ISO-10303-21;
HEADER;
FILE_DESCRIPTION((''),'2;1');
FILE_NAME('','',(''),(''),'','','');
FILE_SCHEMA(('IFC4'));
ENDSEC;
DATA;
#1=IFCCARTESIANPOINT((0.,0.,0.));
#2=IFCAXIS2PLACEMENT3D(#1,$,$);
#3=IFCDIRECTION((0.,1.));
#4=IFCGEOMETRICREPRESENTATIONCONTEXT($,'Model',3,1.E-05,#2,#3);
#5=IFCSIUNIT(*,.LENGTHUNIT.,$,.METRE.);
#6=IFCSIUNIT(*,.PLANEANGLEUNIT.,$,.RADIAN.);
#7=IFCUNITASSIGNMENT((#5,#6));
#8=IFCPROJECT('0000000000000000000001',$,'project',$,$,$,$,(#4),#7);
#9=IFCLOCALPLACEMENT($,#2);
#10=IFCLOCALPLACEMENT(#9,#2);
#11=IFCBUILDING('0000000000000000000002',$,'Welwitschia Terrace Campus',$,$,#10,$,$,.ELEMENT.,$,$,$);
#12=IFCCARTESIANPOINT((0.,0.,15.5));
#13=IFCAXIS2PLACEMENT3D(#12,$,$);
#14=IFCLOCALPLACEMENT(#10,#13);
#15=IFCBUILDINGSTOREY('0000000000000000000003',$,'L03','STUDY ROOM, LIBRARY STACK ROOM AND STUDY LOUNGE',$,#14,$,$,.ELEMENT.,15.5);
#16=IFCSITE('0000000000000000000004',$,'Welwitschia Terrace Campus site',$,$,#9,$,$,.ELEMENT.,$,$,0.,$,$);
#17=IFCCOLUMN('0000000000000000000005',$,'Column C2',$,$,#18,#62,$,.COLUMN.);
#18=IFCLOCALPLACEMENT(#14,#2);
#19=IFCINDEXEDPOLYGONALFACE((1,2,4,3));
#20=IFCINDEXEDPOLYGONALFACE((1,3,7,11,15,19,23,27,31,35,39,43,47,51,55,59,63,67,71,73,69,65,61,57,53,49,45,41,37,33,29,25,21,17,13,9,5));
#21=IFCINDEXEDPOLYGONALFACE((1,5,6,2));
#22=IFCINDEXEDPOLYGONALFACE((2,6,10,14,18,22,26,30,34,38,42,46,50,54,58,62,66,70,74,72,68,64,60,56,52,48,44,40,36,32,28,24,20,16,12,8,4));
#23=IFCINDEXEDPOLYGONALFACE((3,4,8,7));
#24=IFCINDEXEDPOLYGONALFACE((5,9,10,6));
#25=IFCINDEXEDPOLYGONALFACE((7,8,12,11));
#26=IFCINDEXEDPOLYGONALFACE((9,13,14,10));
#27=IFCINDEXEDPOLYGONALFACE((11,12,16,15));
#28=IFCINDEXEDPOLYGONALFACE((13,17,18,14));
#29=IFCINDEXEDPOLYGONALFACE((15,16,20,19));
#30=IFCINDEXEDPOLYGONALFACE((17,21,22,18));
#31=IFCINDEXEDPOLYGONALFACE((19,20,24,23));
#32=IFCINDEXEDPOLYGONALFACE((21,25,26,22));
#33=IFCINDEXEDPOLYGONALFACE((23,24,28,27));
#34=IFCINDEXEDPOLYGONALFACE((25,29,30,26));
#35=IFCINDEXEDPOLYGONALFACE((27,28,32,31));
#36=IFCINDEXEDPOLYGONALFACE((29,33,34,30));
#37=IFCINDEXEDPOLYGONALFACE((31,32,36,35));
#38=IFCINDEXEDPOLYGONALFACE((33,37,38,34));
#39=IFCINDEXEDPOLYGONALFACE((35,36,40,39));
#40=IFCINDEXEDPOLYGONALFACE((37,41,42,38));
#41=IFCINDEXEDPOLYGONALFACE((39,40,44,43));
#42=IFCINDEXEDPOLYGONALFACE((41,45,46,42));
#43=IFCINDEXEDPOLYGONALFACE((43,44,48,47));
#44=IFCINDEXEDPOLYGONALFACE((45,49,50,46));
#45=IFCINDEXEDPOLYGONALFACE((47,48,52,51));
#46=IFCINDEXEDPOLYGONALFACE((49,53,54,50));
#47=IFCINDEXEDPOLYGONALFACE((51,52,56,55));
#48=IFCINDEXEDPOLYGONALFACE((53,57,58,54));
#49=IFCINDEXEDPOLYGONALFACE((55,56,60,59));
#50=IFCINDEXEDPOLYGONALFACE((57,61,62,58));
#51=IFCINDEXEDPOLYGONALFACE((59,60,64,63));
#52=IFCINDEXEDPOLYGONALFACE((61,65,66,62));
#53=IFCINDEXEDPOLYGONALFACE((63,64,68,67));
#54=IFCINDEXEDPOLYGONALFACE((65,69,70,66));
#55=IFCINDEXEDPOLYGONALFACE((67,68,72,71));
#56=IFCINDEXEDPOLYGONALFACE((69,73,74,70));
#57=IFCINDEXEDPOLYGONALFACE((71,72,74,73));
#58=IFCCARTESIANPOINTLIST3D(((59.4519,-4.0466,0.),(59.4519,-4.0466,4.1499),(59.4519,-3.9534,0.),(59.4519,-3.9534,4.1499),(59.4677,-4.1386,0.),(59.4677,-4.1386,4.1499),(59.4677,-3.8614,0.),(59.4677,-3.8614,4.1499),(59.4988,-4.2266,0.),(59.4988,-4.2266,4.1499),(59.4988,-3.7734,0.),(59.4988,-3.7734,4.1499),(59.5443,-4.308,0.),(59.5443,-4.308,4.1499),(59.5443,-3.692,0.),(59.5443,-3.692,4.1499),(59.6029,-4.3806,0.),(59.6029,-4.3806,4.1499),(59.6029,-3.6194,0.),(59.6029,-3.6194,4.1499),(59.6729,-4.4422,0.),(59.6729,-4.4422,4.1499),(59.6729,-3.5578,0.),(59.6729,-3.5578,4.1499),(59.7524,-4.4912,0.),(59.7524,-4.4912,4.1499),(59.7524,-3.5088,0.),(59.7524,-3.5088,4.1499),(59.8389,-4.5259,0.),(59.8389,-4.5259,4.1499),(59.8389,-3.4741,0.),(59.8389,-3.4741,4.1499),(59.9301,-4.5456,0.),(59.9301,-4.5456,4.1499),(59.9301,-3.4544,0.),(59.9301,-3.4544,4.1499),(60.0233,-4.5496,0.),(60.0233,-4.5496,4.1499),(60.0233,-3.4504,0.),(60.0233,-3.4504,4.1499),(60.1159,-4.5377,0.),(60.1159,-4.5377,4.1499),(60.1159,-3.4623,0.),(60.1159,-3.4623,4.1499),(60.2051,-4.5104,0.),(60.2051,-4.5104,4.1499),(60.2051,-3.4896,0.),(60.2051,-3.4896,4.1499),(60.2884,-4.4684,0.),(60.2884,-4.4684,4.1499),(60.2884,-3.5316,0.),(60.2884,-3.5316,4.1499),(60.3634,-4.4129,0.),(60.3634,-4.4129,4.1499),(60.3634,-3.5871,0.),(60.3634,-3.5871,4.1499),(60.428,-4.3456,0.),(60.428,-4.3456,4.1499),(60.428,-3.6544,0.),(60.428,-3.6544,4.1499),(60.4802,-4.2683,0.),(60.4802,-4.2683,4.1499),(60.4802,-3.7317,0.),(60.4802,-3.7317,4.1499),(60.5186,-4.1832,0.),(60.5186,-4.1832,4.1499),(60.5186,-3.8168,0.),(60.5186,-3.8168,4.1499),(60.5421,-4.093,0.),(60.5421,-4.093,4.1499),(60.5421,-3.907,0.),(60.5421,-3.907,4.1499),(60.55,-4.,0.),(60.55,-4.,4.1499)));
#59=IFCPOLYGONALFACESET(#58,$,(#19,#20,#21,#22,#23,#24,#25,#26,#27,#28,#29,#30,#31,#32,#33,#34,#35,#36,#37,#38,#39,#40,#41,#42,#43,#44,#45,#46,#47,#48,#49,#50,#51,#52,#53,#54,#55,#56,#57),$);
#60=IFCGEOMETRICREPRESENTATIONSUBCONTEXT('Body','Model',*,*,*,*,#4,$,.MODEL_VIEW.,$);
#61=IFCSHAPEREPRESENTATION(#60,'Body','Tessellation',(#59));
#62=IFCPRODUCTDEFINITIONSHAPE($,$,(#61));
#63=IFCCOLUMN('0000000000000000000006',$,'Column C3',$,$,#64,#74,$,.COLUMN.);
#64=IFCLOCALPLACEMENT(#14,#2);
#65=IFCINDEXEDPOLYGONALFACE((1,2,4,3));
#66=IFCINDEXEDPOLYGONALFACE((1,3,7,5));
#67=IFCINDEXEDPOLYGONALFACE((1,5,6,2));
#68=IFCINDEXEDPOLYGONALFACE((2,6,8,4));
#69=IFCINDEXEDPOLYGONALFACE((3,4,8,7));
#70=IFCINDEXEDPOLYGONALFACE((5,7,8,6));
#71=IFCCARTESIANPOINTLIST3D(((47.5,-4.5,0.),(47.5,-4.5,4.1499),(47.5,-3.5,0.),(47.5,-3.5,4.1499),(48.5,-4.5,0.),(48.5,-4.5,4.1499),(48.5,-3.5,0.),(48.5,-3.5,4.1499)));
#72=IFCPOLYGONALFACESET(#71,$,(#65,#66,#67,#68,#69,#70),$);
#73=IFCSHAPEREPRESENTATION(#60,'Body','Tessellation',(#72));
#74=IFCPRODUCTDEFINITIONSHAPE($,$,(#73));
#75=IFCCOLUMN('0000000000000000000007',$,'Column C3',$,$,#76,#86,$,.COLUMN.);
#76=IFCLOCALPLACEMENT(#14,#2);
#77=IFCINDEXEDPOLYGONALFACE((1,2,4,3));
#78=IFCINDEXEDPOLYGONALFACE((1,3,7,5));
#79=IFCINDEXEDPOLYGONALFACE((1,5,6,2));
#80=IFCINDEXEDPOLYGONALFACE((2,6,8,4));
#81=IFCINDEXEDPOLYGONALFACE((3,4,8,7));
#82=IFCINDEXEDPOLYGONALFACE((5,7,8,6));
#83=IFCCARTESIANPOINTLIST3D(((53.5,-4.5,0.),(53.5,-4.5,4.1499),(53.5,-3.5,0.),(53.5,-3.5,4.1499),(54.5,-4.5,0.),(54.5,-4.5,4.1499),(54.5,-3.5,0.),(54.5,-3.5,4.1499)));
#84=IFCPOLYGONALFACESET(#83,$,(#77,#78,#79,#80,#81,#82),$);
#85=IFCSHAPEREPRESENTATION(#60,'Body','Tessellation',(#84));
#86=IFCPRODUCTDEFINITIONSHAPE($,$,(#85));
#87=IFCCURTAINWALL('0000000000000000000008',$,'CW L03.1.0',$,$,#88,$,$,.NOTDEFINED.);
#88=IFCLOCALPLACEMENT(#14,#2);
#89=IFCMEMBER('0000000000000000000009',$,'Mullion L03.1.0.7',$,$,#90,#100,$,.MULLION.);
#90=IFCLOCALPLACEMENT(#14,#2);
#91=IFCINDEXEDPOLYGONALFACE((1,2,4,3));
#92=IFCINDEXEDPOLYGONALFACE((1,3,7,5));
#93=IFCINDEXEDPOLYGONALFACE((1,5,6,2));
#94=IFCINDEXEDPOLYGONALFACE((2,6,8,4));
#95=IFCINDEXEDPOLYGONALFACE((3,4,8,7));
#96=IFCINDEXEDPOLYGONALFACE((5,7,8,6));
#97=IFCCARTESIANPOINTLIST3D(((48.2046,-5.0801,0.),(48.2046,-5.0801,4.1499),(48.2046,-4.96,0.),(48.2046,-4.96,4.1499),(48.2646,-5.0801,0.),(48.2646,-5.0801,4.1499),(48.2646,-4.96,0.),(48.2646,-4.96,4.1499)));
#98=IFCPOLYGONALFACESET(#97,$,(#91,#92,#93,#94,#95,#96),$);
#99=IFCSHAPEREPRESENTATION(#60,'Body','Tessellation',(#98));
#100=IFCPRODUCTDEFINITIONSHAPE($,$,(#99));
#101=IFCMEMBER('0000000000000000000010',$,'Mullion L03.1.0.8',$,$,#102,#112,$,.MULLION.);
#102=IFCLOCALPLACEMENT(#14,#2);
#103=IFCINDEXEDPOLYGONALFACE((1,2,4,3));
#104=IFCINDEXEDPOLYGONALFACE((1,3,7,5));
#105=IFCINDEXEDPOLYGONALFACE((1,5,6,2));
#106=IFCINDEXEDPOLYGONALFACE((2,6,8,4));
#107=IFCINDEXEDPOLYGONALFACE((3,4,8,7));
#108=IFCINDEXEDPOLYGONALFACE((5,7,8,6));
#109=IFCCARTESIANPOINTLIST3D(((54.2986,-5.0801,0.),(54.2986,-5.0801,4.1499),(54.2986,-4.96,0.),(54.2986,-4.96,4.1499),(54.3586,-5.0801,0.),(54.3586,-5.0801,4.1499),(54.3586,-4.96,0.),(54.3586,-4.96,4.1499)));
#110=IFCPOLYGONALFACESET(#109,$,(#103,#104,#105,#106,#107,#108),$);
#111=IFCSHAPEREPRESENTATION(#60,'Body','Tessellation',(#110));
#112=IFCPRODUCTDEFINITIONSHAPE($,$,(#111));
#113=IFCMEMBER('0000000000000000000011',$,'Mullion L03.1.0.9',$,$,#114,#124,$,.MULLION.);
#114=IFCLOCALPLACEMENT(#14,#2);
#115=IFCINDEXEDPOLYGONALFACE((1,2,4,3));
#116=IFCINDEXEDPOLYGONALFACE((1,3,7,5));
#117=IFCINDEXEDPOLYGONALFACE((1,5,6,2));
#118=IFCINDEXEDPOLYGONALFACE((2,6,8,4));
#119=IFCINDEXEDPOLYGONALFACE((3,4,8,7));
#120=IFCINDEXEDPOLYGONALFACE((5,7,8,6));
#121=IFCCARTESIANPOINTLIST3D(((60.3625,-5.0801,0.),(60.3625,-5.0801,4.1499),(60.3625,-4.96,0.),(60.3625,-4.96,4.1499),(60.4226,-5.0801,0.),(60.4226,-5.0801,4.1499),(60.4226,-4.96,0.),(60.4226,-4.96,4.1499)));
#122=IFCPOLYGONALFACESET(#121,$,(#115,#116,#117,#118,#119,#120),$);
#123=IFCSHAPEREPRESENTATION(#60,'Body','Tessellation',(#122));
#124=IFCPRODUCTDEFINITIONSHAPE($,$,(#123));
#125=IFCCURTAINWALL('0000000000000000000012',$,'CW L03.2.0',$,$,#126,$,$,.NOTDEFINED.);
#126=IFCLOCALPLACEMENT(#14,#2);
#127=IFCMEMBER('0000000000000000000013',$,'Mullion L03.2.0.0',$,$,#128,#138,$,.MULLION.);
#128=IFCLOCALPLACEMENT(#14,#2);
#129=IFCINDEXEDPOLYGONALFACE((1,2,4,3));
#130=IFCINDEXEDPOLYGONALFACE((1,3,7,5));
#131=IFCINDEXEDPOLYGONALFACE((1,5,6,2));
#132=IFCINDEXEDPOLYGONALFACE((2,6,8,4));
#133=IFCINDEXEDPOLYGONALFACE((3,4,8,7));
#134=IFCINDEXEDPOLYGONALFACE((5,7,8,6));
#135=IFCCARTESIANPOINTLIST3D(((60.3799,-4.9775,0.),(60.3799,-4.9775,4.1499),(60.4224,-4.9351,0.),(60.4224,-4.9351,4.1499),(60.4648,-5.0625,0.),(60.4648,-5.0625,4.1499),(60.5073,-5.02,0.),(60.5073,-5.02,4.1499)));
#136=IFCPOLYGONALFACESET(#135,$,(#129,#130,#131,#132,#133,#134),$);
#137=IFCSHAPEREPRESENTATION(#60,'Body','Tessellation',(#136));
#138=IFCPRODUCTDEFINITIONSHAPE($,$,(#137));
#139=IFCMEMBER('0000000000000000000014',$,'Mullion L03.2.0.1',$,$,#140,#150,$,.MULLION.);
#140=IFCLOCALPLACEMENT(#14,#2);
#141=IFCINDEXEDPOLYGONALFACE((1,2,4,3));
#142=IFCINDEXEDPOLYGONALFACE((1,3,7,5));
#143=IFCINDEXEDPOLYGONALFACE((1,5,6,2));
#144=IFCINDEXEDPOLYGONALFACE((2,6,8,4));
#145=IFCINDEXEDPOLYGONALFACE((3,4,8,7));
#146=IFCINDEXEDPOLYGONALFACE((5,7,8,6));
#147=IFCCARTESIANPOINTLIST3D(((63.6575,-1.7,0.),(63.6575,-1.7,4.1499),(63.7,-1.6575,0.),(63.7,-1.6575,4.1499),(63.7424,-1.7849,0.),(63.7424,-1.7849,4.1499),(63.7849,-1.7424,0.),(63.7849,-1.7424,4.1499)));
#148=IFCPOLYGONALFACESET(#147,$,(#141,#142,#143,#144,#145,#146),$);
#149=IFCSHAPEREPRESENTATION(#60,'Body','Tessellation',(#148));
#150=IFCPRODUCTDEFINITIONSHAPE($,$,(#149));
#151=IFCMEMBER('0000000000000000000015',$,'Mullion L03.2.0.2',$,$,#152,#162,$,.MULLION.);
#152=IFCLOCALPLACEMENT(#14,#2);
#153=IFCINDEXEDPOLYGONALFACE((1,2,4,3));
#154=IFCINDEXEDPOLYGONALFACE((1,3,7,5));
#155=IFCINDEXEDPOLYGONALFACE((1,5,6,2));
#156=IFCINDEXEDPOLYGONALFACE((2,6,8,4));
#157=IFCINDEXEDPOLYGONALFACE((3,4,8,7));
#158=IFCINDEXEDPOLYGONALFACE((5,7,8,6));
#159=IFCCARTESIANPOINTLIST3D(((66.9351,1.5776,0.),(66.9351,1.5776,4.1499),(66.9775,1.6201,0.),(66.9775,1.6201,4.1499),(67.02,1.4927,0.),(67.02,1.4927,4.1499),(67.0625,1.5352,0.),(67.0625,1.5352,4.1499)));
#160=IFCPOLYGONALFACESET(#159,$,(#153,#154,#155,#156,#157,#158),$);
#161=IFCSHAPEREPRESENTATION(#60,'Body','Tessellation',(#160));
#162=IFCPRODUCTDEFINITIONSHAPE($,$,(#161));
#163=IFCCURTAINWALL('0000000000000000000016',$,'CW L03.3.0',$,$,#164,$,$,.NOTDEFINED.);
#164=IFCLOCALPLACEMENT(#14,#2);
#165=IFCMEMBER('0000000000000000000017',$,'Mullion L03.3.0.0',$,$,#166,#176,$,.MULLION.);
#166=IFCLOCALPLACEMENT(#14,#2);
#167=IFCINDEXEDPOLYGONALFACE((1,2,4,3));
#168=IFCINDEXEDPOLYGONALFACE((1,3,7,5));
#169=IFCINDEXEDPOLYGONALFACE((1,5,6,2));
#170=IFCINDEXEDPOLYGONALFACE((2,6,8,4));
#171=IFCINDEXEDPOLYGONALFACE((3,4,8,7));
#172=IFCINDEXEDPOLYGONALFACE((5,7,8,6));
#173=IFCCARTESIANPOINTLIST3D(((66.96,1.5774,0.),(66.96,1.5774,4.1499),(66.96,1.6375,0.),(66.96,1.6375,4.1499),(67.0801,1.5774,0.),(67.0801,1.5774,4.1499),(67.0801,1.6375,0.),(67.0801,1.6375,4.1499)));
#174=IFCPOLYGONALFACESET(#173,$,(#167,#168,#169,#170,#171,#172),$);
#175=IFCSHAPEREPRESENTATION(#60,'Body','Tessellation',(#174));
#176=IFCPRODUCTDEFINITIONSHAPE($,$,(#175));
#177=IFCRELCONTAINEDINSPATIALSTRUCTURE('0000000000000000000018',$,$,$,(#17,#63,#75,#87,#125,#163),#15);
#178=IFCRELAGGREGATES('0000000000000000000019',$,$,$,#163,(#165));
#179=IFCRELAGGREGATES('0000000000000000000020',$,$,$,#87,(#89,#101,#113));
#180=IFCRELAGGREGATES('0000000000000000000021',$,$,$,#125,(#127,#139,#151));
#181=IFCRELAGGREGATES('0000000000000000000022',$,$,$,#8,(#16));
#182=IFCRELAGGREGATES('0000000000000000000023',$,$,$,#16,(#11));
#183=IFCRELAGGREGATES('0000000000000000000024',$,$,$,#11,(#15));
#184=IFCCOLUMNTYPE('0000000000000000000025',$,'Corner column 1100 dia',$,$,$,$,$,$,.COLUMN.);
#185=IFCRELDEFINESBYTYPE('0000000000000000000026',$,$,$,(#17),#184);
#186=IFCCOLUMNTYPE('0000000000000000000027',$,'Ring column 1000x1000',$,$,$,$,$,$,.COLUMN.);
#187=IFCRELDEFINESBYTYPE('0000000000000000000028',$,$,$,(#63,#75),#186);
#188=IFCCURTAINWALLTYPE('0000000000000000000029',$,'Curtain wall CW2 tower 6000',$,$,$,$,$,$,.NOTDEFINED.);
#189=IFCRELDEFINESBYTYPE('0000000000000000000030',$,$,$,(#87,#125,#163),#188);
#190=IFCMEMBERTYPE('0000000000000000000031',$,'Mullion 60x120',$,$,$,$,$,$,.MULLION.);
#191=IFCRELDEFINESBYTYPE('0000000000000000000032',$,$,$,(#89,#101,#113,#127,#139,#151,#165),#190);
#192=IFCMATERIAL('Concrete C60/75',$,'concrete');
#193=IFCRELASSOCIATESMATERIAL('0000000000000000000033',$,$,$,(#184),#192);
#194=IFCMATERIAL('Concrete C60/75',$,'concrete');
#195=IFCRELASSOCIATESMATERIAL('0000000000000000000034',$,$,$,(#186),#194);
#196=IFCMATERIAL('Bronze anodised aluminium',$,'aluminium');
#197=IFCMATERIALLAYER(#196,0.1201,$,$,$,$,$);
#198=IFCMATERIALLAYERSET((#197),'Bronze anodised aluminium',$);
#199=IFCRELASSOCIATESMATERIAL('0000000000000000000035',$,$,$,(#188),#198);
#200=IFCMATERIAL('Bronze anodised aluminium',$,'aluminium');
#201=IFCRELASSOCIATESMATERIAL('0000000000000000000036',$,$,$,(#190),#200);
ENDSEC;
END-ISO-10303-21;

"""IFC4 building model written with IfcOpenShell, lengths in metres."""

from ifc_helpers import new_model, si_unit, direction, frame, origin, origin_2d, place, context, subcontext, project, spatial, rectangle, circle, extrude, material, layer, layer_set, material_profile, profile_set, type_object, element, aggregate, save


model = new_model("IFC4")

# Units and contexts
model_context = context("Model", 3, precision=1e-05, world=origin(), true_north=direction((0.0, 1.0)))
body_context = subcontext(model_context, "Body", "Model", "MODEL_VIEW")
ifc_project = project(units=[si_unit("LENGTHUNIT", "METRE"), si_unit("PLANEANGLEUNIT", "RADIAN")], contexts=[model_context])

# Site, building, storey
site_placement = place(None, origin())
site = spatial("IfcSite", under=ifc_project, at=site_placement, Name="Welwitschia Terrace Campus site", CompositionType="ELEMENT", RefElevation=0.0)
building_placement = place(site_placement, origin())
building = spatial("IfcBuilding", under=site, at=building_placement, Name="Welwitschia Terrace Campus", CompositionType="ELEMENT")
storey_placement = place(building_placement, frame((0.0, 0.0, 15.5)))
storey = spatial("IfcBuildingStorey", under=building, at=storey_placement, Name="L03", Description="STUDY ROOM, LIBRARY STACK ROOM AND STUDY LOUNGE", CompositionType="ELEMENT", Elevation=15.5)

# Columns
ifc_material_1 = material(Name="Concrete C60/75", Category="concrete")
ifc_material_profile_1 = material_profile(ifc_material_1, circle(Radius=0.55, at=origin_2d()))
ifc_profile_set_1 = profile_set([ifc_material_profile_1], Name="Concrete C60/75")
column_type_1 = type_object("IfcColumnType", Name="Corner column 1100 dia", PredefinedType="COLUMN", material=ifc_profile_set_1)
column_placement = place(storey_placement, frame((60.0, -4.0, 0.0), z_axis=(0.0, 0.0, 1.0), x_axis=(1.0, 0.0, 0.0)))
element("IfcColumn", 1, at=column_placement, inside=storey, type_object=column_type_1, Name="Column C2", PredefinedType="COLUMN", context=body_context, shape_type="SweptSolid", body=[
    extrude(circle(Radius=0.55, at=origin_2d()), origin(), (0.0, 0.0, 1.0), 4.1499),
])
ifc_material_2 = material(Name="Concrete C60/75", Category="concrete")
ifc_material_profile_2 = material_profile(ifc_material_2, rectangle(XDim=1.0, YDim=1.0, at=origin_2d()))
ifc_profile_set_2 = profile_set([ifc_material_profile_2], Name="Concrete C60/75")
column_type_2 = type_object("IfcColumnType", Name="Ring column 1000x1000", PredefinedType="COLUMN", material=ifc_profile_set_2)
for number, where, z_axis, x_axis, name in (
    (2, (48.0, -4.0, 0.0), (0.0, 0.0, 1.0), (1.0, 0.0, 0.0), "Column C3"),
    (3, (54.0, -4.0, 0.0), (0.0, 0.0, 1.0), (1.0, 0.0, 0.0), "Column C3"),
):
    element("IfcColumn", number, at=place(storey_placement, frame(where, z_axis=z_axis, x_axis=x_axis)), inside=storey, type_object=column_type_2, Name=name, PredefinedType="COLUMN", context=body_context, shape_type="SweptSolid", body=[
        extrude(rectangle(XDim=1.0, YDim=1.0, at=origin_2d()), origin(), (0.0, 0.0, 1.0), 4.1499),
    ])

# Curtain walls, members
ifc_material_3 = material(Name="Bronze anodised aluminium", Category="aluminium")
ifc_layer_1 = layer(ifc_material_3, 0.1201)
ifc_layer_set_1 = layer_set([ifc_layer_1], Name="Bronze anodised aluminium")
curtain_wall_type = type_object("IfcCurtainWallType", Name="Curtain wall CW2 tower 6000", PredefinedType="NOTDEFINED", material=ifc_layer_set_1)
curtain_wall_1_placement = place(storey_placement, origin())
curtain_wall_1 = element("IfcCurtainWall", 4, at=curtain_wall_1_placement, inside=storey, type_object=curtain_wall_type, Name="CW L03.1.0", PredefinedType="NOTDEFINED")
ifc_material_4 = material(Name="Bronze anodised aluminium", Category="aluminium")
ifc_material_profile_3 = material_profile(ifc_material_4, rectangle(XDim=0.1201, YDim=0.0601, at=origin_2d()))
ifc_profile_set_3 = profile_set([ifc_material_profile_3], Name="Bronze anodised aluminium")
member_type_1 = type_object("IfcMemberType", Name="Mullion 60x120", PredefinedType="MULLION", material=ifc_profile_set_3)
member_1_placement = place(storey_placement, frame((48.2346, -5.02, 0.0), z_axis=(0.0, 0.0, 1.0), x_axis=(0.0, 1.0, 0.0)))
member_1 = element("IfcMember", 5, at=member_1_placement, type_object=member_type_1, Name="Mullion L03.1.0.7", PredefinedType="MULLION", context=body_context, shape_type="SweptSolid", body=[
    extrude(rectangle(XDim=0.1201, YDim=0.0601, at=origin_2d()), origin(), (0.0, 0.0, 1.0), 4.1499),
])
member_2_placement = place(storey_placement, frame((54.3286, -5.02, 0.0), z_axis=(0.0, 0.0, 1.0), x_axis=(0.0, 1.0, 0.0)))
member_2 = element("IfcMember", 6, at=member_2_placement, type_object=member_type_1, Name="Mullion L03.1.0.8", PredefinedType="MULLION", context=body_context, shape_type="SweptSolid", body=[
    extrude(rectangle(XDim=0.1201, YDim=0.0601, at=origin_2d()), origin(), (0.0, 0.0, 1.0), 4.1499),
])
member_3_placement = place(storey_placement, frame((60.3926, -5.02, 0.0), z_axis=(0.0, 0.0, 1.0), x_axis=(0.0, 1.0, 0.0)))
member_3 = element("IfcMember", 7, at=member_3_placement, type_object=member_type_1, Name="Mullion L03.1.0.9", PredefinedType="MULLION", context=body_context, shape_type="SweptSolid", body=[
    extrude(rectangle(XDim=0.1201, YDim=0.0601, at=origin_2d()), origin(), (0.0, 0.0, 1.0), 4.1499),
])
curtain_wall_2_placement = place(storey_placement, origin())
curtain_wall_2 = element("IfcCurtainWall", 8, at=curtain_wall_2_placement, inside=storey, type_object=curtain_wall_type, Name="CW L03.2.0", PredefinedType="NOTDEFINED")
member_4_placement = place(storey_placement, frame((60.4436, -4.9988, 0.0), z_axis=(0.0, 0.0, 1.0), x_axis=(-0.707107, 0.707107, 0.0)))
member_4 = element("IfcMember", 9, at=member_4_placement, type_object=member_type_1, Name="Mullion L03.2.0.0", PredefinedType="MULLION", context=body_context, shape_type="SweptSolid", body=[
    extrude(rectangle(XDim=0.1201, YDim=0.0601, at=origin_2d()), origin(), (0.0, 0.0, 1.0), 4.1499),
])
member_5_placement = place(storey_placement, frame((63.7212, -1.7212, 0.0), z_axis=(0.0, 0.0, 1.0), x_axis=(-0.707107, 0.707107, 0.0)))
member_5 = element("IfcMember", 10, at=member_5_placement, type_object=member_type_1, Name="Mullion L03.2.0.1", PredefinedType="MULLION", context=body_context, shape_type="SweptSolid", body=[
    extrude(rectangle(XDim=0.1201, YDim=0.0601, at=origin_2d()), origin(), (0.0, 0.0, 1.0), 4.1499),
])
member_6_placement = place(storey_placement, frame((66.9988, 1.5564, 0.0), z_axis=(0.0, 0.0, 1.0), x_axis=(-0.707107, 0.707107, 0.0)))
member_6 = element("IfcMember", 11, at=member_6_placement, type_object=member_type_1, Name="Mullion L03.2.0.2", PredefinedType="MULLION", context=body_context, shape_type="SweptSolid", body=[
    extrude(rectangle(XDim=0.1201, YDim=0.0601, at=origin_2d()), origin(), (0.0, 0.0, 1.0), 4.1499),
])

# Curtain wall, member
curtain_wall_3_placement = place(storey_placement, origin())
curtain_wall_3 = element("IfcCurtainWall", 12, at=curtain_wall_3_placement, inside=storey, type_object=curtain_wall_type, Name="CW L03.3.0", PredefinedType="NOTDEFINED")
member_7_placement = place(storey_placement, frame((67.02, 1.6074, 0.0), z_axis=(0.0, 0.0, 1.0), x_axis=(-1.0, 0.0, 0.0)))
member_7 = element("IfcMember", 13, at=member_7_placement, type_object=member_type_1, Name="Mullion L03.3.0.0", PredefinedType="MULLION", context=body_context, shape_type="SweptSolid", body=[
    extrude(rectangle(XDim=0.1201, YDim=0.0601, at=origin_2d()), origin(), (0.0, 0.0, 1.0), 4.1499),
])

aggregate(curtain_wall_3, [member_7])

aggregate(curtain_wall_1, [member_1, member_2, member_3])
aggregate(curtain_wall_2, [member_4, member_5, member_6])

save(model, "model.ifc")
